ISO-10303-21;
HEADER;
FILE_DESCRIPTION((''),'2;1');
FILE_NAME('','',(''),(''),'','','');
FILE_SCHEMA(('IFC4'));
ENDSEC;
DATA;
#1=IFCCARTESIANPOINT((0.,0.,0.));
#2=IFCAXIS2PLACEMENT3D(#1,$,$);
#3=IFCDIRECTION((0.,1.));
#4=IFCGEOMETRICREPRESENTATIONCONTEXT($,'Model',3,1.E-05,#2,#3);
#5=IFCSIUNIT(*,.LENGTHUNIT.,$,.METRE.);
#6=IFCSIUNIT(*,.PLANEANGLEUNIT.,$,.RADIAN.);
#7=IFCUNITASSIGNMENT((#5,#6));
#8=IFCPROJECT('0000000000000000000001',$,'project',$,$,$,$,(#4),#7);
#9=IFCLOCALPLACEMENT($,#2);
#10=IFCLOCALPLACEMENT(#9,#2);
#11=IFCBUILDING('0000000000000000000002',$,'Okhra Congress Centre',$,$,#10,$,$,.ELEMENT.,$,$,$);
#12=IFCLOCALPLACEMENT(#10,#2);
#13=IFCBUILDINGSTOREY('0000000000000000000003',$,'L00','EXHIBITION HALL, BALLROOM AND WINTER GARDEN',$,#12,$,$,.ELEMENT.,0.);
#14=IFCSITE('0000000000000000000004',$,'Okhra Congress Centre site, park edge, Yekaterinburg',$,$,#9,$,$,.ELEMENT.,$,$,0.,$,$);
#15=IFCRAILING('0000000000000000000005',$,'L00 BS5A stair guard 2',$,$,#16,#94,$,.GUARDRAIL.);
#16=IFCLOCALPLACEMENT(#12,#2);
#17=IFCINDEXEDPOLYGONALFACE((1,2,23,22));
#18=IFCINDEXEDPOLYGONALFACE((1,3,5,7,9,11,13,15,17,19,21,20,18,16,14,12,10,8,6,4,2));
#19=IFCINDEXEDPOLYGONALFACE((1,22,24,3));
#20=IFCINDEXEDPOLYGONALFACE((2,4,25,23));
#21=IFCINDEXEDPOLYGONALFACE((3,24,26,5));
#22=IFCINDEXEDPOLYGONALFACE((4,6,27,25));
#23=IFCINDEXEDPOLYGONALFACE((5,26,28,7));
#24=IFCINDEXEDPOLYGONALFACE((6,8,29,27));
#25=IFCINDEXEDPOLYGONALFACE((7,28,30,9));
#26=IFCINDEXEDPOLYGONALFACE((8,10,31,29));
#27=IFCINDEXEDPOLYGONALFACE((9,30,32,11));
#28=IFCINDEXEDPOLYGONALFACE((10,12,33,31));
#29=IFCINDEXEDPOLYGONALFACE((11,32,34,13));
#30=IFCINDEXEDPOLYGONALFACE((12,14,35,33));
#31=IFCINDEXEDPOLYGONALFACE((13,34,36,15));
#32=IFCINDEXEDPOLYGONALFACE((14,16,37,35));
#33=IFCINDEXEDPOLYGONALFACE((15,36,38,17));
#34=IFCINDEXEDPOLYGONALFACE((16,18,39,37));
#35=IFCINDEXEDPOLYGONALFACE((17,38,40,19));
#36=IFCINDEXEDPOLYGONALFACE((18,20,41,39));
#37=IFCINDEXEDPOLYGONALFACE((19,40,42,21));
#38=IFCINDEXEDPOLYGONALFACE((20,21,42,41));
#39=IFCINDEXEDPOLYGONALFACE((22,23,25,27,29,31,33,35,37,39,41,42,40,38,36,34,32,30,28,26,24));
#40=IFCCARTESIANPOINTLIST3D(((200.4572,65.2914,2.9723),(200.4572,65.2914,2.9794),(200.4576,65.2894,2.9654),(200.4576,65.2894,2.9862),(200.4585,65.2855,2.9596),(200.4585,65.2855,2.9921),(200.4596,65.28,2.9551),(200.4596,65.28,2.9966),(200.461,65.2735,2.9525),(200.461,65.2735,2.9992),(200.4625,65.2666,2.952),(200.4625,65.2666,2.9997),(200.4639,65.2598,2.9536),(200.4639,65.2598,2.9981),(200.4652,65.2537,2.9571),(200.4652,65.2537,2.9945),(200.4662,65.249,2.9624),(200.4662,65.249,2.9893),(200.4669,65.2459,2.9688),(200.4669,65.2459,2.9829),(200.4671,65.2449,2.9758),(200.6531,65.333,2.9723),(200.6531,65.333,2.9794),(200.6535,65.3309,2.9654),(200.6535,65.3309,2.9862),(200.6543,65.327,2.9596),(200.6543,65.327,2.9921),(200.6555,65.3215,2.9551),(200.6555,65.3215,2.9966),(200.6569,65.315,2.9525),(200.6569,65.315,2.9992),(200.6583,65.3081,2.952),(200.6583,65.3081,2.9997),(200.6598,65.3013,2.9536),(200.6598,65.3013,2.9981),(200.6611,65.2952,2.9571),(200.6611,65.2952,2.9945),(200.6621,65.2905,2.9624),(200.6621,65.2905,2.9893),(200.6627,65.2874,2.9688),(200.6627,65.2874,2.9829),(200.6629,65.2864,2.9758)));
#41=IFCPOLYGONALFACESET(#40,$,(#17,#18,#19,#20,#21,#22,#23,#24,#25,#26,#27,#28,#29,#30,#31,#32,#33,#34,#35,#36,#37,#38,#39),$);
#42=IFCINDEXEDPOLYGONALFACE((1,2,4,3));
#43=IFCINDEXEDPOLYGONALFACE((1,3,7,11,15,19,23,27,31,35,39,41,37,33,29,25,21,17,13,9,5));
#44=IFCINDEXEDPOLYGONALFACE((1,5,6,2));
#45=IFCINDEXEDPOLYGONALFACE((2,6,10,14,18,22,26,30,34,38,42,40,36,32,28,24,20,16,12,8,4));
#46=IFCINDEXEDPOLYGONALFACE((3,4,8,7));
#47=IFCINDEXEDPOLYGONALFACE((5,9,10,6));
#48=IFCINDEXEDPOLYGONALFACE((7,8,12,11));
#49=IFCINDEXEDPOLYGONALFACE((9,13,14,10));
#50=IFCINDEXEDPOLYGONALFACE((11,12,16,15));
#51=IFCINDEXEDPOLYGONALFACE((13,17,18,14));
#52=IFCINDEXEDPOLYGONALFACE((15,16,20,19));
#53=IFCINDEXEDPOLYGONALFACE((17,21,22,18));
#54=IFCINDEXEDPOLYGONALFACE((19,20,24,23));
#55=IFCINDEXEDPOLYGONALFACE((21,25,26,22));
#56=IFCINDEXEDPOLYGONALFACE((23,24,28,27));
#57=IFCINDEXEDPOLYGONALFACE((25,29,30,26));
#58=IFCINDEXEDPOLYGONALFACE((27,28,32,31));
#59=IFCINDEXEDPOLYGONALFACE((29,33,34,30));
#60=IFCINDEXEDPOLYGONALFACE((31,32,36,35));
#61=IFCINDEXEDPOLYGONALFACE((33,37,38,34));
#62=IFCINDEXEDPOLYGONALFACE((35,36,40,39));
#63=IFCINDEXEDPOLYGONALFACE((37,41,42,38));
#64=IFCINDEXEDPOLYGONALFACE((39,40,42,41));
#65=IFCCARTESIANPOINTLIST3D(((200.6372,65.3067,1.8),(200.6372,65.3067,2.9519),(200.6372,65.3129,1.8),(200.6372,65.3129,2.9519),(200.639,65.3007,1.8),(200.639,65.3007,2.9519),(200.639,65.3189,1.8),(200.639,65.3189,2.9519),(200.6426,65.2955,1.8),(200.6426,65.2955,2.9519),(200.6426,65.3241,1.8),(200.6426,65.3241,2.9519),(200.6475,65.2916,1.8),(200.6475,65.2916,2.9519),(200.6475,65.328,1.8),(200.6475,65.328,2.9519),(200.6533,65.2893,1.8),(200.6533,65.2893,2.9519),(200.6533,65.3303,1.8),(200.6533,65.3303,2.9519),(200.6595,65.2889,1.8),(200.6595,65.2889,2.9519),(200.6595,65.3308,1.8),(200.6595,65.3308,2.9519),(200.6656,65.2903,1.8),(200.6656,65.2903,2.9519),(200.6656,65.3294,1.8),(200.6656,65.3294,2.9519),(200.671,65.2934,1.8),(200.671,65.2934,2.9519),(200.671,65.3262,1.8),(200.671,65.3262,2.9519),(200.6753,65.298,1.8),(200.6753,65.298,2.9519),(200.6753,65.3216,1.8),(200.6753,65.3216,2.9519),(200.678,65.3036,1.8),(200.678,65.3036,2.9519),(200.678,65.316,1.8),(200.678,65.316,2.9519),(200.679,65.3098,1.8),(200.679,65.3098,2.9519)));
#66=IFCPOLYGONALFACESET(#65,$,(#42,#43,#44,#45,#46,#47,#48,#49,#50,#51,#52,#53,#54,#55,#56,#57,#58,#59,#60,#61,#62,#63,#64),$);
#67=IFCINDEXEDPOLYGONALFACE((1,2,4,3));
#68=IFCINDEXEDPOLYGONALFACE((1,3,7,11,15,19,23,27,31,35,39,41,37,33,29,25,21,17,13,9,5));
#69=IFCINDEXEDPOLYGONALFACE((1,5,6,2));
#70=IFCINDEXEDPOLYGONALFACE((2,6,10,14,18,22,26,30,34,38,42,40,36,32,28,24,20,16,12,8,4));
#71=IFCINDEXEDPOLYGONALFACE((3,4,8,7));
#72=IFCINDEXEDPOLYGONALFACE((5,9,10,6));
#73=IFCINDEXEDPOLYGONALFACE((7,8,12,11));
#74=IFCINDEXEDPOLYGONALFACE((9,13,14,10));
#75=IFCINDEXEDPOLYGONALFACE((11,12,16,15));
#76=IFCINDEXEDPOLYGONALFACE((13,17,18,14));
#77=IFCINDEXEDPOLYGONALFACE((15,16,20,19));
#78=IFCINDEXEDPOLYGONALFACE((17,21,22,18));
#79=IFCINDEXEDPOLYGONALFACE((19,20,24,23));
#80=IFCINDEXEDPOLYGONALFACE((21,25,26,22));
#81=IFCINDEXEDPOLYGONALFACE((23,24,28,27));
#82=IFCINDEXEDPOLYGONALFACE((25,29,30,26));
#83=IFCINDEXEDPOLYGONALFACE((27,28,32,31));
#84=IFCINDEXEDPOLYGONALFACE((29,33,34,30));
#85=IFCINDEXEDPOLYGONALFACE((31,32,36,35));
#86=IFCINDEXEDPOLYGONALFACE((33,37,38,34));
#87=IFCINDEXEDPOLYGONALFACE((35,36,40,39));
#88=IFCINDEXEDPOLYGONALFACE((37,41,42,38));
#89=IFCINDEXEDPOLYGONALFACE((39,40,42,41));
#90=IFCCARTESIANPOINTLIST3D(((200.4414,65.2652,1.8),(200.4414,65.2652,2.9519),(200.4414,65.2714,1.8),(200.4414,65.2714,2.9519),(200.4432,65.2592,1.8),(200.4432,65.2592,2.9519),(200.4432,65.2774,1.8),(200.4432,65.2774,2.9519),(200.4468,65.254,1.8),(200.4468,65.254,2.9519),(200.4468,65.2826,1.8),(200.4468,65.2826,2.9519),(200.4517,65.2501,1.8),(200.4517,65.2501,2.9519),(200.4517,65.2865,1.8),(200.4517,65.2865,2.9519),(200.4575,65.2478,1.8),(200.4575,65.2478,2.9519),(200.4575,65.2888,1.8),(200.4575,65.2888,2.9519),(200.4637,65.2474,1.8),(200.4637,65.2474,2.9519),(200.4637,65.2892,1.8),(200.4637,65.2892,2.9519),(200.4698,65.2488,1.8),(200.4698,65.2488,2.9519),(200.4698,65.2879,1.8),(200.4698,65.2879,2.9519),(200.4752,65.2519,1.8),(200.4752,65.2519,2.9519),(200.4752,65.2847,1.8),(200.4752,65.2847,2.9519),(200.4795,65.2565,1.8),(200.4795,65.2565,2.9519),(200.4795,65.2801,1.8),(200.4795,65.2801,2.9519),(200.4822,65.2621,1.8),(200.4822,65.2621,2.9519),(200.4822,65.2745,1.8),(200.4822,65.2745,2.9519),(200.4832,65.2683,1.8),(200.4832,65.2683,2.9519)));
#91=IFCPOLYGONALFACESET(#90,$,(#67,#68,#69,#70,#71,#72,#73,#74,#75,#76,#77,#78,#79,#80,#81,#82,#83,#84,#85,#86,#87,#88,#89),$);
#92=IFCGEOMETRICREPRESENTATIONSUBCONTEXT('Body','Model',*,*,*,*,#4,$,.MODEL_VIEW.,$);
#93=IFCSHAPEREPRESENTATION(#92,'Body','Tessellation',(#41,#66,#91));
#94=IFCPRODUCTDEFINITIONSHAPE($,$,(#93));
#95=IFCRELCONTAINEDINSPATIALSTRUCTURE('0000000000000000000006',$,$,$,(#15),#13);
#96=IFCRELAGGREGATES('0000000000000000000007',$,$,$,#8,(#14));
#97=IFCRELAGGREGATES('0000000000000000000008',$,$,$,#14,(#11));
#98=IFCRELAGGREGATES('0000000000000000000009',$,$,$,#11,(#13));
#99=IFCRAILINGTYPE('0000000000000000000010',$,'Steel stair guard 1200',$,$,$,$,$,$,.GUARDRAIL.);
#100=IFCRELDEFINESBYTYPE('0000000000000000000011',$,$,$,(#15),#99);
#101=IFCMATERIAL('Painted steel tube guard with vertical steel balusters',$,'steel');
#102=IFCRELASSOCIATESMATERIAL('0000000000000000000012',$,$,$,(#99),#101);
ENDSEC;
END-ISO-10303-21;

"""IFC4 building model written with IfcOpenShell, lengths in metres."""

from ifc_helpers import new_model, si_unit, direction, frame, origin, origin_2d, place, context, subcontext, project, spatial, circle, extrude, material, type_object, element, save


model = new_model("IFC4")

# Units and contexts
model_context = context("Model", 3, precision=1e-05, world=origin(), true_north=direction((0.0, 1.0)))
body_context = subcontext(model_context, "Body", "Model", "MODEL_VIEW")
ifc_project = project(units=[si_unit("LENGTHUNIT", "METRE"), si_unit("PLANEANGLEUNIT", "RADIAN")], contexts=[model_context])

# Site, building, storey
site_placement = place(None, origin())
site = spatial("IfcSite", under=ifc_project, at=site_placement, Name="Okhra Congress Centre site, park edge, Yekaterinburg", CompositionType="ELEMENT", RefElevation=0.0)
building_placement = place(site_placement, origin())
building = spatial("IfcBuilding", under=site, at=building_placement, Name="Okhra Congress Centre", CompositionType="ELEMENT")
storey_placement = place(building_placement, origin())
storey = spatial("IfcBuildingStorey", under=building, at=storey_placement, Name="L00", Description="EXHIBITION HALL, BALLROOM AND WINTER GARDEN", CompositionType="ELEMENT", Elevation=0.0)

# Railing
ifc_material_1 = material(Name="Painted steel tube guard with vertical steel balusters", Category="steel")
railing_type_1 = type_object("IfcRailingType", Name="Steel stair guard 1200", PredefinedType="GUARDRAIL", material=ifc_material_1)
railing_1_placement = place(storey_placement, frame((200.658, 65.3098, 1.8)))
element("IfcRailing", 1, at=railing_1_placement, inside=storey, type_object=railing_type_1, Name="L00 BS5A stair guard 2", PredefinedType="GUARDRAIL", context=body_context, shape_type="SweptSolid", body=[
    extrude(circle(Radius=0.0239, at=origin_2d()), frame((0.0, 0.0, 1.1758), z_axis=(-0.978264, -0.207363, 0.0), x_axis=(0.207363, -0.978264, 0.0)), (0.0, 0.0, 1.0), 0.2002),
    extrude(circle(Radius=0.021, at=origin_2d()), origin(), (0.0, 0.0, 1.0), 1.1519),
    extrude(circle(Radius=0.021, at=origin_2d()), frame((-0.1958, -0.0415, 0.0)), (0.0, 0.0, 1.0), 1.1519),
])

save(model, "model.ifc")
